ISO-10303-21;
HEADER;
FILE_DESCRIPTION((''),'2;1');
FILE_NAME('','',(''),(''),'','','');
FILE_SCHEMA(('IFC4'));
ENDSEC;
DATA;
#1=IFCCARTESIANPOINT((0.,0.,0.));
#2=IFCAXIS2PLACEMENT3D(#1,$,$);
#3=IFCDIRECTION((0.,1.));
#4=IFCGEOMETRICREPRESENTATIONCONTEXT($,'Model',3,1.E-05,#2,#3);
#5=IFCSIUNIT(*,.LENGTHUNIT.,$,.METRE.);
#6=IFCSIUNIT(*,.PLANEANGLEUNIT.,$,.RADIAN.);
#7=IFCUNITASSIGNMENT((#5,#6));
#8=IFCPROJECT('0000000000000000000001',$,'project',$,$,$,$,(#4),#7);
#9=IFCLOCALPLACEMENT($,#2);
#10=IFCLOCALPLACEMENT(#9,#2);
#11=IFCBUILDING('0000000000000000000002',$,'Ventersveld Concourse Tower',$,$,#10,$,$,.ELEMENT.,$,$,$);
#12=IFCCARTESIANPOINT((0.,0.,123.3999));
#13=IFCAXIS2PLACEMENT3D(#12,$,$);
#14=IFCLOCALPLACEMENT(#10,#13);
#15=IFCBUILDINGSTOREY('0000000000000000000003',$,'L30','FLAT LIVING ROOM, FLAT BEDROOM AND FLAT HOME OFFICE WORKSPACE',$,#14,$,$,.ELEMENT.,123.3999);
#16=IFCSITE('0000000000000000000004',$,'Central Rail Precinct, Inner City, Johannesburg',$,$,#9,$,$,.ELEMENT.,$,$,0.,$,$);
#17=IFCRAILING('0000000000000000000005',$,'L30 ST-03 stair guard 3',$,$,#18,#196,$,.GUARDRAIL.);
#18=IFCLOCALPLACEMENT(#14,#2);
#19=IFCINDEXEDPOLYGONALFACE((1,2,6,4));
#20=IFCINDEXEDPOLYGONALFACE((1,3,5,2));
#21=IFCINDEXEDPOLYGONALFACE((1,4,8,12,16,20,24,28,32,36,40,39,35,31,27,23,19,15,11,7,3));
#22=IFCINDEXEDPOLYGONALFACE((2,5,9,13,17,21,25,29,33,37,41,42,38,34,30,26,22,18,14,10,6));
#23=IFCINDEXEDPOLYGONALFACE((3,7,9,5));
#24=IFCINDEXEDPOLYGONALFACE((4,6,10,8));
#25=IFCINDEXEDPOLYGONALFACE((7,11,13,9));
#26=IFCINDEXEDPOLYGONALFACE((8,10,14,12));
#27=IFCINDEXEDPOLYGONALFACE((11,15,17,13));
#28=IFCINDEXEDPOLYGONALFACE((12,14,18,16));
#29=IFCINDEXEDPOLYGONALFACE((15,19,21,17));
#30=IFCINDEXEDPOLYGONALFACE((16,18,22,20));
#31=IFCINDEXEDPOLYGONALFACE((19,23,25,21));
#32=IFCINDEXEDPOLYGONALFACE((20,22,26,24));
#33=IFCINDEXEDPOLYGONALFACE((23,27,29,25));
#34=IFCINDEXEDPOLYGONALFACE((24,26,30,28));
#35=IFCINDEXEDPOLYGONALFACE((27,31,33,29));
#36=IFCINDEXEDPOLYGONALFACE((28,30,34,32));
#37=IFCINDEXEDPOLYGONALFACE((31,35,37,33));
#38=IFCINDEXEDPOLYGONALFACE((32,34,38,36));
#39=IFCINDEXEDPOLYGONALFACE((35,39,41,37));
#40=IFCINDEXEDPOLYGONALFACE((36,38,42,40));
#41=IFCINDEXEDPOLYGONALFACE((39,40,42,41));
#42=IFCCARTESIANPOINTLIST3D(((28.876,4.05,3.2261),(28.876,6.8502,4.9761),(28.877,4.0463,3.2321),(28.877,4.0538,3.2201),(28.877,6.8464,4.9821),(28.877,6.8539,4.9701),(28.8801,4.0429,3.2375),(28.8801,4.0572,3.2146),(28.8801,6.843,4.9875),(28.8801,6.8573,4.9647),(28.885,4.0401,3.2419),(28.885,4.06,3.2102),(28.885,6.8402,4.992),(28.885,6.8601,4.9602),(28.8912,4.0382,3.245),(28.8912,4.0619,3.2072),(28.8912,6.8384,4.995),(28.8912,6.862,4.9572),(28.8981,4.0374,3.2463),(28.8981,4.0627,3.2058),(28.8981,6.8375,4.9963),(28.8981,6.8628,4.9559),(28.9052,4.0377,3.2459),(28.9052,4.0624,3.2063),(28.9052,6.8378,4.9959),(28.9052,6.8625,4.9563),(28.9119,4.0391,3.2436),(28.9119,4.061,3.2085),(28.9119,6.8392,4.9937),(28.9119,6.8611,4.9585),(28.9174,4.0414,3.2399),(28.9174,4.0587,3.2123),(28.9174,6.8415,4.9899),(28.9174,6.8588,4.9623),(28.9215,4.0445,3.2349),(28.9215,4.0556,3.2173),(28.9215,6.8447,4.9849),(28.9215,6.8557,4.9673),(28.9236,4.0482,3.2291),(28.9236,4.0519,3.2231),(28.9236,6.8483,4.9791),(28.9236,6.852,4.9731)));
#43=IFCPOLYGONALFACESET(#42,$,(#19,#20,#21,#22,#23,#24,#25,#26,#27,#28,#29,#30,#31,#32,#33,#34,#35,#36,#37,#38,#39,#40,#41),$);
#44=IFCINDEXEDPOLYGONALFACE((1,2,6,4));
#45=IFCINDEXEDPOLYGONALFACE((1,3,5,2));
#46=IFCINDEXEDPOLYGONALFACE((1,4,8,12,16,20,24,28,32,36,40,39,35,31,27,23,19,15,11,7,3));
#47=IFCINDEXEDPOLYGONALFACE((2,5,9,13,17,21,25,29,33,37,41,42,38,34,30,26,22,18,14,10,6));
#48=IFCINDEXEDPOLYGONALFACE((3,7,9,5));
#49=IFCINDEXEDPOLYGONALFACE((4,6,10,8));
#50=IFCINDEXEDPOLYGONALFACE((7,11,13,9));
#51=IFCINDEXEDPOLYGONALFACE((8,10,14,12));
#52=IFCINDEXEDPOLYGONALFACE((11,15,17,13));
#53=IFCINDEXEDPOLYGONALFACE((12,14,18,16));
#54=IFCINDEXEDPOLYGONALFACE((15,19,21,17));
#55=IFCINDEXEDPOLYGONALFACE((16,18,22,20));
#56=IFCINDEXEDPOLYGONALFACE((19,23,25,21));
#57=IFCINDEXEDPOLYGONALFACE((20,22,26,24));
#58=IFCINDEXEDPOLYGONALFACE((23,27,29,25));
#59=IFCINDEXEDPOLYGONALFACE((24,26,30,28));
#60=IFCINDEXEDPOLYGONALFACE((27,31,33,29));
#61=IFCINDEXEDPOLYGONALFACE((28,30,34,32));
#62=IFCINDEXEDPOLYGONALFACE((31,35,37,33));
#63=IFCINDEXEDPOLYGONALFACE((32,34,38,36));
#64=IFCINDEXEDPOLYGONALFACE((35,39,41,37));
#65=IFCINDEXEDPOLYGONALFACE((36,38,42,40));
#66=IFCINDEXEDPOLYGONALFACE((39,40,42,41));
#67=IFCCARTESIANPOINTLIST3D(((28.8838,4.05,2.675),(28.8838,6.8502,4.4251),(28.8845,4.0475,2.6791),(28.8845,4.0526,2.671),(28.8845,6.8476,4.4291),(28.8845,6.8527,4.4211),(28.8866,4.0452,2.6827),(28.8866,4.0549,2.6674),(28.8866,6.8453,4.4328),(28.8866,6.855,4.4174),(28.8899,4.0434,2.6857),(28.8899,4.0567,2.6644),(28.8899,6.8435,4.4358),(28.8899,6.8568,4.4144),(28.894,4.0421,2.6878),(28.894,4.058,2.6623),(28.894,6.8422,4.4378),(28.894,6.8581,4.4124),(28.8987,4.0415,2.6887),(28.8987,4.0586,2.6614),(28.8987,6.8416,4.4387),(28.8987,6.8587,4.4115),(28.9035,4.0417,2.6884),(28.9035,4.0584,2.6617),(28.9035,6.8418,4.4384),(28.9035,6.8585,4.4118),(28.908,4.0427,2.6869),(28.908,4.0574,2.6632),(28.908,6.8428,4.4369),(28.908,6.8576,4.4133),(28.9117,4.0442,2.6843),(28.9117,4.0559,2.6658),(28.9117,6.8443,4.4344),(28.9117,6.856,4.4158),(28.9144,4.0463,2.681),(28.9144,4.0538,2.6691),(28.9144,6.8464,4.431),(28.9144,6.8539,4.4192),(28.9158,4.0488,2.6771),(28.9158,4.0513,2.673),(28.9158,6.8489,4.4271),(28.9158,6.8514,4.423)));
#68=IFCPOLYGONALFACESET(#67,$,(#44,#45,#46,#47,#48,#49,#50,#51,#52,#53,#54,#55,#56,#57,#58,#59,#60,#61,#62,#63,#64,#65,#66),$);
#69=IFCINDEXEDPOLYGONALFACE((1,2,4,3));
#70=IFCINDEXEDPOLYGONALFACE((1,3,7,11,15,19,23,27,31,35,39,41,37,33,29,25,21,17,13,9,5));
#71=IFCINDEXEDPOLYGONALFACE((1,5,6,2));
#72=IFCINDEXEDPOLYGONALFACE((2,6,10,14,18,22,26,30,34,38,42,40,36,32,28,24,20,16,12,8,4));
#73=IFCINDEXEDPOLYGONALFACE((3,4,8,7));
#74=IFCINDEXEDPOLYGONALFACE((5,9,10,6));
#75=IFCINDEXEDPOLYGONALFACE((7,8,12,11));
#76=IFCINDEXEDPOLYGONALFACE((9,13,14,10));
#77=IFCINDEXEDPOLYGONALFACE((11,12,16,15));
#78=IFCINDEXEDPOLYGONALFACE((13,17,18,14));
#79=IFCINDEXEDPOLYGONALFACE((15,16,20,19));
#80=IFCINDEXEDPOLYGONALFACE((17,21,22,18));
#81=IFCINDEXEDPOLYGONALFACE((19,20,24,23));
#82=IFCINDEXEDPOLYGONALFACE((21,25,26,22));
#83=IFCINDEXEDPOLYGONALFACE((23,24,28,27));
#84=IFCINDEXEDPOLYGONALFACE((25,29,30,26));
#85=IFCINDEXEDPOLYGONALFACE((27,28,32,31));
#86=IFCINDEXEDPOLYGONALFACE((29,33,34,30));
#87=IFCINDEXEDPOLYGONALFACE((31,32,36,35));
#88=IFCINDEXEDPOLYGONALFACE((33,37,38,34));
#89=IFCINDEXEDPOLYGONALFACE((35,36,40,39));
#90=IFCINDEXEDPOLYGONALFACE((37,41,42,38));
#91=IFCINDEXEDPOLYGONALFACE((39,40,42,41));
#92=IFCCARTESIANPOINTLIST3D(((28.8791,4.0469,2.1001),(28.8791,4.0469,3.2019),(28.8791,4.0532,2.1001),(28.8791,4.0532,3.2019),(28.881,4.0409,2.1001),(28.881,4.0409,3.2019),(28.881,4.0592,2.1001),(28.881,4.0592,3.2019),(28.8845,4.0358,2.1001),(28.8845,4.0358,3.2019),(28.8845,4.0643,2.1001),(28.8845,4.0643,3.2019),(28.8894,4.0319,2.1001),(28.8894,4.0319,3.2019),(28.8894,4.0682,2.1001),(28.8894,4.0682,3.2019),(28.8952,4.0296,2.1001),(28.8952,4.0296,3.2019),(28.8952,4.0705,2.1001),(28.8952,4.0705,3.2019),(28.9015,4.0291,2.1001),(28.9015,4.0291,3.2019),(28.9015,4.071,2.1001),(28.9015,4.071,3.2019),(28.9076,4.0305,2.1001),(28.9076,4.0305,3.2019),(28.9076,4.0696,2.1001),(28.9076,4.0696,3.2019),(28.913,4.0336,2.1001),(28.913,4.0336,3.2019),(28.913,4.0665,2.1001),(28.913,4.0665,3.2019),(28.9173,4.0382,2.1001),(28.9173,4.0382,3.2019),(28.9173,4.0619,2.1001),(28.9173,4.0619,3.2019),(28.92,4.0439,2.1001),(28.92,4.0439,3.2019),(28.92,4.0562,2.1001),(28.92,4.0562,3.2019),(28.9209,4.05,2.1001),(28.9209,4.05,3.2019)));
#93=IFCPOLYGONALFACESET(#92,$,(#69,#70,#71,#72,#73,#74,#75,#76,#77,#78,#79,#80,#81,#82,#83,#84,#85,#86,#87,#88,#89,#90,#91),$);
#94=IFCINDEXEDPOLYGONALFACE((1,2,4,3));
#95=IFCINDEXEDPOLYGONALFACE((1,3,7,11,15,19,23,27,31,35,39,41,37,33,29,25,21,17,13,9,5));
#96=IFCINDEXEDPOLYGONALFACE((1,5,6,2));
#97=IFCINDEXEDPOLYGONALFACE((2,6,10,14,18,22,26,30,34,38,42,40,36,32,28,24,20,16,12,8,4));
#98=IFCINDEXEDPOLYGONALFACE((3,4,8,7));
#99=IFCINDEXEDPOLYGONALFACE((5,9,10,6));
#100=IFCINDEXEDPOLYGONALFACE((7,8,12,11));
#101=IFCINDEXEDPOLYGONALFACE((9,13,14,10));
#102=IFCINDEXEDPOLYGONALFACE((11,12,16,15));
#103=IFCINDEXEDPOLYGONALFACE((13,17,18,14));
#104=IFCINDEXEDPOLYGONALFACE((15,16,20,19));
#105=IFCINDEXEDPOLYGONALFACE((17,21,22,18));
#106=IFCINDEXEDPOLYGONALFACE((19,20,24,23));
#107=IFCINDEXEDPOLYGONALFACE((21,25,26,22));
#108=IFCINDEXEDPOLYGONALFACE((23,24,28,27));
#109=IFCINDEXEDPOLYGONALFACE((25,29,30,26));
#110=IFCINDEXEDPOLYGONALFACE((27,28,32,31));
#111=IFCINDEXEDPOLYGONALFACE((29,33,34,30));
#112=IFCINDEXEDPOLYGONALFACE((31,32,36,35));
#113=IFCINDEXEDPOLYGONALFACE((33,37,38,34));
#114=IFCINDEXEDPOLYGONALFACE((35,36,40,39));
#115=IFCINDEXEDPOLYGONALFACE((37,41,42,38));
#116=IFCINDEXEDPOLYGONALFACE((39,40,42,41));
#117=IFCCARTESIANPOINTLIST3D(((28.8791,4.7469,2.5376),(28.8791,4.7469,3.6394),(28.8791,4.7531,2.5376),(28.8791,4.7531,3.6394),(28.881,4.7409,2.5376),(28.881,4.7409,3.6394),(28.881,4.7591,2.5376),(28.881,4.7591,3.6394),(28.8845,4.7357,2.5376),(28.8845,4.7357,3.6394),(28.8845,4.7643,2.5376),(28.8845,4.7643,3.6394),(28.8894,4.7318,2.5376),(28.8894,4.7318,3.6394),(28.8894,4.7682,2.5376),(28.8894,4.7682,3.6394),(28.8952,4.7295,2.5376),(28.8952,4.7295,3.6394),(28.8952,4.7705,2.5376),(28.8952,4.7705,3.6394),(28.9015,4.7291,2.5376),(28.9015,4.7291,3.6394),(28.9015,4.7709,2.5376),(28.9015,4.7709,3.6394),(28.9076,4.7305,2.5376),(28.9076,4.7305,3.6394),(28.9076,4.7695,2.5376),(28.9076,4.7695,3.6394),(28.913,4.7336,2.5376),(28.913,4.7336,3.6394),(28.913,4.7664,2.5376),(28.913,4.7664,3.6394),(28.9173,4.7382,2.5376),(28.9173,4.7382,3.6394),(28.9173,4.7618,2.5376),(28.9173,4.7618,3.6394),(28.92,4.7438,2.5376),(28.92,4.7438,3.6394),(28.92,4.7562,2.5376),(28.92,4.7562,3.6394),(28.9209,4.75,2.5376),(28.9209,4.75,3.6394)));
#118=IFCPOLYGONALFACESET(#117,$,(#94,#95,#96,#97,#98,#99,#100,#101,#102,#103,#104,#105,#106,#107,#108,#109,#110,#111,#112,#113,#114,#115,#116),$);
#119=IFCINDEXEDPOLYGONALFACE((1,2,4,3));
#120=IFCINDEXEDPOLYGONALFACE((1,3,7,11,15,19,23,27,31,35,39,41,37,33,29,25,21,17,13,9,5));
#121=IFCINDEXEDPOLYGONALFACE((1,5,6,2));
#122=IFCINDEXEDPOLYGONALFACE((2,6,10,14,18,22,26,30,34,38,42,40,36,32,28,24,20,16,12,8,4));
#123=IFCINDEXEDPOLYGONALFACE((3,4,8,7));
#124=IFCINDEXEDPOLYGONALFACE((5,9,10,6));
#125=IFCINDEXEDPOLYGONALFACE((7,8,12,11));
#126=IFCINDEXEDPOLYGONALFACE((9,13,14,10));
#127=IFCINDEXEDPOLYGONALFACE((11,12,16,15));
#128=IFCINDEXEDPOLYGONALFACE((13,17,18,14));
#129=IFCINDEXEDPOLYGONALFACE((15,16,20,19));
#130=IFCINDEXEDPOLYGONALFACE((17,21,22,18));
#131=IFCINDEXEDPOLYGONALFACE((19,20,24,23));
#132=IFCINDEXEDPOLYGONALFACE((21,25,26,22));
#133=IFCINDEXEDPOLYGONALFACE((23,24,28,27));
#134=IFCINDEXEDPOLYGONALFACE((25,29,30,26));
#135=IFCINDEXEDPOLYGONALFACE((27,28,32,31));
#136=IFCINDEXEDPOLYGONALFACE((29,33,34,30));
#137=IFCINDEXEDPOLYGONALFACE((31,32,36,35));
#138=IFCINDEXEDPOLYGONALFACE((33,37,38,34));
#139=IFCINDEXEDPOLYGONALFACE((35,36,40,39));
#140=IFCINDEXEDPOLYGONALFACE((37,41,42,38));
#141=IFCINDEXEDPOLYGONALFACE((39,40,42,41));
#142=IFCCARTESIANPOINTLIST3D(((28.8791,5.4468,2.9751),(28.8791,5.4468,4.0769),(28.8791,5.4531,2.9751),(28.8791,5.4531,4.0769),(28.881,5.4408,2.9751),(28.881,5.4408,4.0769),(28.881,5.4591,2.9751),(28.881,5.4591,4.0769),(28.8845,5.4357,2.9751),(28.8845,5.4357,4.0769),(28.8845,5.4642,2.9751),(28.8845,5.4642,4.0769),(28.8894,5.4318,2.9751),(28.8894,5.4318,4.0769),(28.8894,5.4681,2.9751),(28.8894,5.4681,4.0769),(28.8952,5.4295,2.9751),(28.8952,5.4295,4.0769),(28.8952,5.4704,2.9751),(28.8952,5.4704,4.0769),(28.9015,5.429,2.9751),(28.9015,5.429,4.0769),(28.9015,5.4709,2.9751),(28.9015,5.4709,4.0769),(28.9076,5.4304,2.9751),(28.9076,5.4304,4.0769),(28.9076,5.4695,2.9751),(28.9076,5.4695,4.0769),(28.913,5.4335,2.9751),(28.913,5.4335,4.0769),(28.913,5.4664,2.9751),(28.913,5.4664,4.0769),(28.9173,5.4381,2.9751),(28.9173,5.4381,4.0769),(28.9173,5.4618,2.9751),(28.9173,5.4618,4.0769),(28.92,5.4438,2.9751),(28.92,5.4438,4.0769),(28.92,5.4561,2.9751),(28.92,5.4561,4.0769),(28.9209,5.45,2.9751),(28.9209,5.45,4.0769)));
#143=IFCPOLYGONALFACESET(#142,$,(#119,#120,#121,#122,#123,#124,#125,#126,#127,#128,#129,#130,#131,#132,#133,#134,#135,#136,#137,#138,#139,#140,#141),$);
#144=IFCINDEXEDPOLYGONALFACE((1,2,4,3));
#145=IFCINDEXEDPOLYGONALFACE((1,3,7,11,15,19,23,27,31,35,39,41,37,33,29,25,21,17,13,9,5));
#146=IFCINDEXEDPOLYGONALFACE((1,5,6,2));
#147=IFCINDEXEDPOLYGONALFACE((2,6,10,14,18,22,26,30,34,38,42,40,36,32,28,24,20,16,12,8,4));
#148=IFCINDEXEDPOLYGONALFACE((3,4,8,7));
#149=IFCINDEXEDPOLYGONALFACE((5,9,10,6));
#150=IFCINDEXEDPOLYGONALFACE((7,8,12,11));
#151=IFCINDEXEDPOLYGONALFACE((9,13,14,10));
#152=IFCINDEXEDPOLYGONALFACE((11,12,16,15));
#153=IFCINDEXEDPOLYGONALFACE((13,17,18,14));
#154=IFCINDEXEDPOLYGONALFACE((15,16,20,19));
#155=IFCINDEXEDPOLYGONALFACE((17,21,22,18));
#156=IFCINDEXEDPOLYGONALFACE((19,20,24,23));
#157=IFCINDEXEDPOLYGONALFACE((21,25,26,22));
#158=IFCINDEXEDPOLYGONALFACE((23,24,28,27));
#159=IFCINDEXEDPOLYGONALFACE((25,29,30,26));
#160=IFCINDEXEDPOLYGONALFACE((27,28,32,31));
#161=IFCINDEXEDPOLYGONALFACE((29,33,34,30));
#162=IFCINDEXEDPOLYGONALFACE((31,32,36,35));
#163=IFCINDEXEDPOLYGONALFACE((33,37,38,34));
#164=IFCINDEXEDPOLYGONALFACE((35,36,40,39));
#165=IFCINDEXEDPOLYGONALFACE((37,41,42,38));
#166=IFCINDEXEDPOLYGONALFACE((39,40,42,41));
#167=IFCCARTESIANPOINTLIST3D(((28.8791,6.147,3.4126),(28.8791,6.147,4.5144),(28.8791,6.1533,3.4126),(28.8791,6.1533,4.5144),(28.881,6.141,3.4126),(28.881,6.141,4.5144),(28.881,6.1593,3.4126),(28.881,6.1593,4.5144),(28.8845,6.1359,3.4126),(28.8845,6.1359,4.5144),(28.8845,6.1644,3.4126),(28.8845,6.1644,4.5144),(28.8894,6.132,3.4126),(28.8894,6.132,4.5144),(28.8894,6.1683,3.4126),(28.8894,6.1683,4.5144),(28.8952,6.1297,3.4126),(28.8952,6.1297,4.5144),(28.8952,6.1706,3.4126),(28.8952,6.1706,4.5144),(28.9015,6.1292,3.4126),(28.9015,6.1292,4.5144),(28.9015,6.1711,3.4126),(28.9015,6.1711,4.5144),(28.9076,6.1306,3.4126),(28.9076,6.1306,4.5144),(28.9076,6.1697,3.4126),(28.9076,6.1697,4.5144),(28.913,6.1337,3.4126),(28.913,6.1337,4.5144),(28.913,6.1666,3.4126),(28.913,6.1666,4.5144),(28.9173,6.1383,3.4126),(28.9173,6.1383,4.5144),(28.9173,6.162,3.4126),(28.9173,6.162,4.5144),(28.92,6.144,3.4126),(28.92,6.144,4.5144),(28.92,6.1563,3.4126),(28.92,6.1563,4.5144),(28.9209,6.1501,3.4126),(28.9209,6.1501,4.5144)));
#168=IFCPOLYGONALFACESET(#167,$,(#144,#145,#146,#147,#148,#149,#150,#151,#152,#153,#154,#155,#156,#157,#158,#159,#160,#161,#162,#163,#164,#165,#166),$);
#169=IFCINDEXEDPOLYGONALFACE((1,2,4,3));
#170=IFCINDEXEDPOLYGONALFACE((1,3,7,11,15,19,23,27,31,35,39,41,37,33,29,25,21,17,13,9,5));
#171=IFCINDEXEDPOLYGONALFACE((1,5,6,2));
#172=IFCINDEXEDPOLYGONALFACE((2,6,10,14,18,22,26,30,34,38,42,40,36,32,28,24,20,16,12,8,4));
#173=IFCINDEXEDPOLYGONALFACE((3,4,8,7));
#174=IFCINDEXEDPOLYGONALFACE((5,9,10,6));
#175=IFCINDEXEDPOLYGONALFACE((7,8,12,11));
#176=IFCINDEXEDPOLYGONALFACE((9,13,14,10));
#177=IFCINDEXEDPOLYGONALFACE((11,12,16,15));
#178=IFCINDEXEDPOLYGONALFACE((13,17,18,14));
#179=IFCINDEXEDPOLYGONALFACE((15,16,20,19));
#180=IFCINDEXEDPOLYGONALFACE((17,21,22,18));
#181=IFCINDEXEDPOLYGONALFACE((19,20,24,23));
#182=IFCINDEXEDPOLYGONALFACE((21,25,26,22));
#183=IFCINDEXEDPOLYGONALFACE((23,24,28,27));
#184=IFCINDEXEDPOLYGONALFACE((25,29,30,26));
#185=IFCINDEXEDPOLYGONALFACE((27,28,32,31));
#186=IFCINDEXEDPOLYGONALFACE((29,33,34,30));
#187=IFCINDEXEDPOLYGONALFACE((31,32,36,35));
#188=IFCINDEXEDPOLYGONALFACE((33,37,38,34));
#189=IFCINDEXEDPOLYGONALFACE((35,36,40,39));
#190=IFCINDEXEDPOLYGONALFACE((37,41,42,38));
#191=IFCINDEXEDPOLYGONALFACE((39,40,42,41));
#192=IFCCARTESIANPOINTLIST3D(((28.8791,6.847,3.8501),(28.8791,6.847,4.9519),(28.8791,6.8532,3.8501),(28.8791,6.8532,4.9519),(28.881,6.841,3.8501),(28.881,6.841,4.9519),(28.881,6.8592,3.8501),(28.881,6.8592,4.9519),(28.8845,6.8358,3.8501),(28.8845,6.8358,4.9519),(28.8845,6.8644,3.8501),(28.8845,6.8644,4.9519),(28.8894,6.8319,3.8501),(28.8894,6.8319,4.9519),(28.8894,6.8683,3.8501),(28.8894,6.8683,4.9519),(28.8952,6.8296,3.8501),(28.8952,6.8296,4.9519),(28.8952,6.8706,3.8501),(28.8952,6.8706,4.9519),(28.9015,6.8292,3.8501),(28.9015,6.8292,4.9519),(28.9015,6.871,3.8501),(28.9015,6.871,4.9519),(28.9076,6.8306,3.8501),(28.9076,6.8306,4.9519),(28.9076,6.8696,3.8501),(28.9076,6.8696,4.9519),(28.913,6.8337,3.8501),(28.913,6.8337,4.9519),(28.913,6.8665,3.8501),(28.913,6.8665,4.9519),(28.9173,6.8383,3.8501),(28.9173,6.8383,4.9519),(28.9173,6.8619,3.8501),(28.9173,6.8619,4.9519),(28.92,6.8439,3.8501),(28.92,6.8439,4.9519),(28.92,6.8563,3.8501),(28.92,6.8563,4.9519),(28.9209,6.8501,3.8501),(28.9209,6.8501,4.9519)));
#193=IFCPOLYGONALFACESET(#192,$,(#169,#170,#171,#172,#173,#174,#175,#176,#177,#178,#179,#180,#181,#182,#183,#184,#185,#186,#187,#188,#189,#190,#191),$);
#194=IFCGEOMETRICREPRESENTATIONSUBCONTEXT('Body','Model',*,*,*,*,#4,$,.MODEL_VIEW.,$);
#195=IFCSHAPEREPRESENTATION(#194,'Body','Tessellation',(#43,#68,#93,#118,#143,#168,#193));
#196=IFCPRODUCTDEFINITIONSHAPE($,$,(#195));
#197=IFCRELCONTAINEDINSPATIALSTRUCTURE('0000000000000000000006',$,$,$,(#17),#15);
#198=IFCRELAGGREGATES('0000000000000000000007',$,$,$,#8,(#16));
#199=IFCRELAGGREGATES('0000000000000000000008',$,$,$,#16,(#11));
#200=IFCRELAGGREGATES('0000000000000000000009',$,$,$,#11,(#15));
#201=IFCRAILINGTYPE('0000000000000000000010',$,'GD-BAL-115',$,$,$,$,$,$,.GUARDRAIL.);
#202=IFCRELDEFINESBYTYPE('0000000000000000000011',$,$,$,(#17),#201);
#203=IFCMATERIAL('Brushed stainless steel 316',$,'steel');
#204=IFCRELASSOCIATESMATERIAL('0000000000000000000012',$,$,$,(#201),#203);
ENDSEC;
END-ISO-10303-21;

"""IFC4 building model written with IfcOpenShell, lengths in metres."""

from ifc_helpers import new_model, si_unit, direction, frame, origin, origin_2d, place, context, subcontext, project, spatial, circle, extrude, material, type_object, element, save


model = new_model("IFC4")

# Units and contexts
model_context = context("Model", 3, precision=1e-05, world=origin(), true_north=direction((0.0, 1.0)))
body_context = subcontext(model_context, "Body", "Model", "MODEL_VIEW")
ifc_project = project(units=[si_unit("LENGTHUNIT", "METRE"), si_unit("PLANEANGLEUNIT", "RADIAN")], contexts=[model_context])

# Site, building, storey
site_placement = place(None, origin())
site = spatial("IfcSite", under=ifc_project, at=site_placement, Name="Central Rail Precinct, Inner City, Johannesburg", CompositionType="ELEMENT", RefElevation=0.0)
building_placement = place(site_placement, origin())
building = spatial("IfcBuilding", under=site, at=building_placement, Name="Ventersveld Concourse Tower", CompositionType="ELEMENT")
storey_placement = place(building_placement, frame((0.0, 0.0, 123.3999)))
storey = spatial("IfcBuildingStorey", under=building, at=storey_placement, Name="L30", Description="FLAT LIVING ROOM, FLAT BEDROOM AND FLAT HOME OFFICE WORKSPACE", CompositionType="ELEMENT", Elevation=123.3999)

# Railing
ifc_material_1 = material(Name="Brushed stainless steel 316", Category="steel")
railing_type_1 = type_object("IfcRailingType", Name="GD-BAL-115", PredefinedType="GUARDRAIL", material=ifc_material_1)
railing_1_placement = place(storey_placement, frame((28.8999, 4.05, 2.1001)))
element("IfcRailing", 1, at=railing_1_placement, inside=storey, type_object=railing_type_1, Name="L30 ST-03 stair guard 3", PredefinedType="GUARDRAIL", context=body_context, shape_type="SweptSolid", body=[
    extrude(circle(Radius=0.0239, at=origin_2d()), frame((0.0, 0.0, 1.126), z_axis=(0.0, 0.848002, 0.529992), x_axis=(-1.0, 0.0, 0.0)), (0.0, 0.0, 1.0), 3.302),
    extrude(circle(Radius=0.0161, at=origin_2d()), frame((0.0, 0.0, 0.575), z_axis=(0.0, 0.848002, 0.529992), x_axis=(-1.0, 0.0, 0.0)), (0.0, 0.0, 1.0), 3.302),
    extrude(circle(Radius=0.021, at=origin_2d()), origin(), (0.0, 0.0, 1.0), 1.1018),
    extrude(circle(Radius=0.021, at=origin_2d()), frame((0.0, 0.7, 0.4375)), (0.0, 0.0, 1.0), 1.1018),
    extrude(circle(Radius=0.021, at=origin_2d()), frame((0.0, 1.3999, 0.875)), (0.0, 0.0, 1.0), 1.1018),
    extrude(circle(Radius=0.021, at=origin_2d()), frame((0.0, 2.1001, 1.3125)), (0.0, 0.0, 1.0), 1.1018),
    extrude(circle(Radius=0.021, at=origin_2d()), frame((0.0, 2.8, 1.75)), (0.0, 0.0, 1.0), 1.1018),
])

save(model, "model.ifc")
